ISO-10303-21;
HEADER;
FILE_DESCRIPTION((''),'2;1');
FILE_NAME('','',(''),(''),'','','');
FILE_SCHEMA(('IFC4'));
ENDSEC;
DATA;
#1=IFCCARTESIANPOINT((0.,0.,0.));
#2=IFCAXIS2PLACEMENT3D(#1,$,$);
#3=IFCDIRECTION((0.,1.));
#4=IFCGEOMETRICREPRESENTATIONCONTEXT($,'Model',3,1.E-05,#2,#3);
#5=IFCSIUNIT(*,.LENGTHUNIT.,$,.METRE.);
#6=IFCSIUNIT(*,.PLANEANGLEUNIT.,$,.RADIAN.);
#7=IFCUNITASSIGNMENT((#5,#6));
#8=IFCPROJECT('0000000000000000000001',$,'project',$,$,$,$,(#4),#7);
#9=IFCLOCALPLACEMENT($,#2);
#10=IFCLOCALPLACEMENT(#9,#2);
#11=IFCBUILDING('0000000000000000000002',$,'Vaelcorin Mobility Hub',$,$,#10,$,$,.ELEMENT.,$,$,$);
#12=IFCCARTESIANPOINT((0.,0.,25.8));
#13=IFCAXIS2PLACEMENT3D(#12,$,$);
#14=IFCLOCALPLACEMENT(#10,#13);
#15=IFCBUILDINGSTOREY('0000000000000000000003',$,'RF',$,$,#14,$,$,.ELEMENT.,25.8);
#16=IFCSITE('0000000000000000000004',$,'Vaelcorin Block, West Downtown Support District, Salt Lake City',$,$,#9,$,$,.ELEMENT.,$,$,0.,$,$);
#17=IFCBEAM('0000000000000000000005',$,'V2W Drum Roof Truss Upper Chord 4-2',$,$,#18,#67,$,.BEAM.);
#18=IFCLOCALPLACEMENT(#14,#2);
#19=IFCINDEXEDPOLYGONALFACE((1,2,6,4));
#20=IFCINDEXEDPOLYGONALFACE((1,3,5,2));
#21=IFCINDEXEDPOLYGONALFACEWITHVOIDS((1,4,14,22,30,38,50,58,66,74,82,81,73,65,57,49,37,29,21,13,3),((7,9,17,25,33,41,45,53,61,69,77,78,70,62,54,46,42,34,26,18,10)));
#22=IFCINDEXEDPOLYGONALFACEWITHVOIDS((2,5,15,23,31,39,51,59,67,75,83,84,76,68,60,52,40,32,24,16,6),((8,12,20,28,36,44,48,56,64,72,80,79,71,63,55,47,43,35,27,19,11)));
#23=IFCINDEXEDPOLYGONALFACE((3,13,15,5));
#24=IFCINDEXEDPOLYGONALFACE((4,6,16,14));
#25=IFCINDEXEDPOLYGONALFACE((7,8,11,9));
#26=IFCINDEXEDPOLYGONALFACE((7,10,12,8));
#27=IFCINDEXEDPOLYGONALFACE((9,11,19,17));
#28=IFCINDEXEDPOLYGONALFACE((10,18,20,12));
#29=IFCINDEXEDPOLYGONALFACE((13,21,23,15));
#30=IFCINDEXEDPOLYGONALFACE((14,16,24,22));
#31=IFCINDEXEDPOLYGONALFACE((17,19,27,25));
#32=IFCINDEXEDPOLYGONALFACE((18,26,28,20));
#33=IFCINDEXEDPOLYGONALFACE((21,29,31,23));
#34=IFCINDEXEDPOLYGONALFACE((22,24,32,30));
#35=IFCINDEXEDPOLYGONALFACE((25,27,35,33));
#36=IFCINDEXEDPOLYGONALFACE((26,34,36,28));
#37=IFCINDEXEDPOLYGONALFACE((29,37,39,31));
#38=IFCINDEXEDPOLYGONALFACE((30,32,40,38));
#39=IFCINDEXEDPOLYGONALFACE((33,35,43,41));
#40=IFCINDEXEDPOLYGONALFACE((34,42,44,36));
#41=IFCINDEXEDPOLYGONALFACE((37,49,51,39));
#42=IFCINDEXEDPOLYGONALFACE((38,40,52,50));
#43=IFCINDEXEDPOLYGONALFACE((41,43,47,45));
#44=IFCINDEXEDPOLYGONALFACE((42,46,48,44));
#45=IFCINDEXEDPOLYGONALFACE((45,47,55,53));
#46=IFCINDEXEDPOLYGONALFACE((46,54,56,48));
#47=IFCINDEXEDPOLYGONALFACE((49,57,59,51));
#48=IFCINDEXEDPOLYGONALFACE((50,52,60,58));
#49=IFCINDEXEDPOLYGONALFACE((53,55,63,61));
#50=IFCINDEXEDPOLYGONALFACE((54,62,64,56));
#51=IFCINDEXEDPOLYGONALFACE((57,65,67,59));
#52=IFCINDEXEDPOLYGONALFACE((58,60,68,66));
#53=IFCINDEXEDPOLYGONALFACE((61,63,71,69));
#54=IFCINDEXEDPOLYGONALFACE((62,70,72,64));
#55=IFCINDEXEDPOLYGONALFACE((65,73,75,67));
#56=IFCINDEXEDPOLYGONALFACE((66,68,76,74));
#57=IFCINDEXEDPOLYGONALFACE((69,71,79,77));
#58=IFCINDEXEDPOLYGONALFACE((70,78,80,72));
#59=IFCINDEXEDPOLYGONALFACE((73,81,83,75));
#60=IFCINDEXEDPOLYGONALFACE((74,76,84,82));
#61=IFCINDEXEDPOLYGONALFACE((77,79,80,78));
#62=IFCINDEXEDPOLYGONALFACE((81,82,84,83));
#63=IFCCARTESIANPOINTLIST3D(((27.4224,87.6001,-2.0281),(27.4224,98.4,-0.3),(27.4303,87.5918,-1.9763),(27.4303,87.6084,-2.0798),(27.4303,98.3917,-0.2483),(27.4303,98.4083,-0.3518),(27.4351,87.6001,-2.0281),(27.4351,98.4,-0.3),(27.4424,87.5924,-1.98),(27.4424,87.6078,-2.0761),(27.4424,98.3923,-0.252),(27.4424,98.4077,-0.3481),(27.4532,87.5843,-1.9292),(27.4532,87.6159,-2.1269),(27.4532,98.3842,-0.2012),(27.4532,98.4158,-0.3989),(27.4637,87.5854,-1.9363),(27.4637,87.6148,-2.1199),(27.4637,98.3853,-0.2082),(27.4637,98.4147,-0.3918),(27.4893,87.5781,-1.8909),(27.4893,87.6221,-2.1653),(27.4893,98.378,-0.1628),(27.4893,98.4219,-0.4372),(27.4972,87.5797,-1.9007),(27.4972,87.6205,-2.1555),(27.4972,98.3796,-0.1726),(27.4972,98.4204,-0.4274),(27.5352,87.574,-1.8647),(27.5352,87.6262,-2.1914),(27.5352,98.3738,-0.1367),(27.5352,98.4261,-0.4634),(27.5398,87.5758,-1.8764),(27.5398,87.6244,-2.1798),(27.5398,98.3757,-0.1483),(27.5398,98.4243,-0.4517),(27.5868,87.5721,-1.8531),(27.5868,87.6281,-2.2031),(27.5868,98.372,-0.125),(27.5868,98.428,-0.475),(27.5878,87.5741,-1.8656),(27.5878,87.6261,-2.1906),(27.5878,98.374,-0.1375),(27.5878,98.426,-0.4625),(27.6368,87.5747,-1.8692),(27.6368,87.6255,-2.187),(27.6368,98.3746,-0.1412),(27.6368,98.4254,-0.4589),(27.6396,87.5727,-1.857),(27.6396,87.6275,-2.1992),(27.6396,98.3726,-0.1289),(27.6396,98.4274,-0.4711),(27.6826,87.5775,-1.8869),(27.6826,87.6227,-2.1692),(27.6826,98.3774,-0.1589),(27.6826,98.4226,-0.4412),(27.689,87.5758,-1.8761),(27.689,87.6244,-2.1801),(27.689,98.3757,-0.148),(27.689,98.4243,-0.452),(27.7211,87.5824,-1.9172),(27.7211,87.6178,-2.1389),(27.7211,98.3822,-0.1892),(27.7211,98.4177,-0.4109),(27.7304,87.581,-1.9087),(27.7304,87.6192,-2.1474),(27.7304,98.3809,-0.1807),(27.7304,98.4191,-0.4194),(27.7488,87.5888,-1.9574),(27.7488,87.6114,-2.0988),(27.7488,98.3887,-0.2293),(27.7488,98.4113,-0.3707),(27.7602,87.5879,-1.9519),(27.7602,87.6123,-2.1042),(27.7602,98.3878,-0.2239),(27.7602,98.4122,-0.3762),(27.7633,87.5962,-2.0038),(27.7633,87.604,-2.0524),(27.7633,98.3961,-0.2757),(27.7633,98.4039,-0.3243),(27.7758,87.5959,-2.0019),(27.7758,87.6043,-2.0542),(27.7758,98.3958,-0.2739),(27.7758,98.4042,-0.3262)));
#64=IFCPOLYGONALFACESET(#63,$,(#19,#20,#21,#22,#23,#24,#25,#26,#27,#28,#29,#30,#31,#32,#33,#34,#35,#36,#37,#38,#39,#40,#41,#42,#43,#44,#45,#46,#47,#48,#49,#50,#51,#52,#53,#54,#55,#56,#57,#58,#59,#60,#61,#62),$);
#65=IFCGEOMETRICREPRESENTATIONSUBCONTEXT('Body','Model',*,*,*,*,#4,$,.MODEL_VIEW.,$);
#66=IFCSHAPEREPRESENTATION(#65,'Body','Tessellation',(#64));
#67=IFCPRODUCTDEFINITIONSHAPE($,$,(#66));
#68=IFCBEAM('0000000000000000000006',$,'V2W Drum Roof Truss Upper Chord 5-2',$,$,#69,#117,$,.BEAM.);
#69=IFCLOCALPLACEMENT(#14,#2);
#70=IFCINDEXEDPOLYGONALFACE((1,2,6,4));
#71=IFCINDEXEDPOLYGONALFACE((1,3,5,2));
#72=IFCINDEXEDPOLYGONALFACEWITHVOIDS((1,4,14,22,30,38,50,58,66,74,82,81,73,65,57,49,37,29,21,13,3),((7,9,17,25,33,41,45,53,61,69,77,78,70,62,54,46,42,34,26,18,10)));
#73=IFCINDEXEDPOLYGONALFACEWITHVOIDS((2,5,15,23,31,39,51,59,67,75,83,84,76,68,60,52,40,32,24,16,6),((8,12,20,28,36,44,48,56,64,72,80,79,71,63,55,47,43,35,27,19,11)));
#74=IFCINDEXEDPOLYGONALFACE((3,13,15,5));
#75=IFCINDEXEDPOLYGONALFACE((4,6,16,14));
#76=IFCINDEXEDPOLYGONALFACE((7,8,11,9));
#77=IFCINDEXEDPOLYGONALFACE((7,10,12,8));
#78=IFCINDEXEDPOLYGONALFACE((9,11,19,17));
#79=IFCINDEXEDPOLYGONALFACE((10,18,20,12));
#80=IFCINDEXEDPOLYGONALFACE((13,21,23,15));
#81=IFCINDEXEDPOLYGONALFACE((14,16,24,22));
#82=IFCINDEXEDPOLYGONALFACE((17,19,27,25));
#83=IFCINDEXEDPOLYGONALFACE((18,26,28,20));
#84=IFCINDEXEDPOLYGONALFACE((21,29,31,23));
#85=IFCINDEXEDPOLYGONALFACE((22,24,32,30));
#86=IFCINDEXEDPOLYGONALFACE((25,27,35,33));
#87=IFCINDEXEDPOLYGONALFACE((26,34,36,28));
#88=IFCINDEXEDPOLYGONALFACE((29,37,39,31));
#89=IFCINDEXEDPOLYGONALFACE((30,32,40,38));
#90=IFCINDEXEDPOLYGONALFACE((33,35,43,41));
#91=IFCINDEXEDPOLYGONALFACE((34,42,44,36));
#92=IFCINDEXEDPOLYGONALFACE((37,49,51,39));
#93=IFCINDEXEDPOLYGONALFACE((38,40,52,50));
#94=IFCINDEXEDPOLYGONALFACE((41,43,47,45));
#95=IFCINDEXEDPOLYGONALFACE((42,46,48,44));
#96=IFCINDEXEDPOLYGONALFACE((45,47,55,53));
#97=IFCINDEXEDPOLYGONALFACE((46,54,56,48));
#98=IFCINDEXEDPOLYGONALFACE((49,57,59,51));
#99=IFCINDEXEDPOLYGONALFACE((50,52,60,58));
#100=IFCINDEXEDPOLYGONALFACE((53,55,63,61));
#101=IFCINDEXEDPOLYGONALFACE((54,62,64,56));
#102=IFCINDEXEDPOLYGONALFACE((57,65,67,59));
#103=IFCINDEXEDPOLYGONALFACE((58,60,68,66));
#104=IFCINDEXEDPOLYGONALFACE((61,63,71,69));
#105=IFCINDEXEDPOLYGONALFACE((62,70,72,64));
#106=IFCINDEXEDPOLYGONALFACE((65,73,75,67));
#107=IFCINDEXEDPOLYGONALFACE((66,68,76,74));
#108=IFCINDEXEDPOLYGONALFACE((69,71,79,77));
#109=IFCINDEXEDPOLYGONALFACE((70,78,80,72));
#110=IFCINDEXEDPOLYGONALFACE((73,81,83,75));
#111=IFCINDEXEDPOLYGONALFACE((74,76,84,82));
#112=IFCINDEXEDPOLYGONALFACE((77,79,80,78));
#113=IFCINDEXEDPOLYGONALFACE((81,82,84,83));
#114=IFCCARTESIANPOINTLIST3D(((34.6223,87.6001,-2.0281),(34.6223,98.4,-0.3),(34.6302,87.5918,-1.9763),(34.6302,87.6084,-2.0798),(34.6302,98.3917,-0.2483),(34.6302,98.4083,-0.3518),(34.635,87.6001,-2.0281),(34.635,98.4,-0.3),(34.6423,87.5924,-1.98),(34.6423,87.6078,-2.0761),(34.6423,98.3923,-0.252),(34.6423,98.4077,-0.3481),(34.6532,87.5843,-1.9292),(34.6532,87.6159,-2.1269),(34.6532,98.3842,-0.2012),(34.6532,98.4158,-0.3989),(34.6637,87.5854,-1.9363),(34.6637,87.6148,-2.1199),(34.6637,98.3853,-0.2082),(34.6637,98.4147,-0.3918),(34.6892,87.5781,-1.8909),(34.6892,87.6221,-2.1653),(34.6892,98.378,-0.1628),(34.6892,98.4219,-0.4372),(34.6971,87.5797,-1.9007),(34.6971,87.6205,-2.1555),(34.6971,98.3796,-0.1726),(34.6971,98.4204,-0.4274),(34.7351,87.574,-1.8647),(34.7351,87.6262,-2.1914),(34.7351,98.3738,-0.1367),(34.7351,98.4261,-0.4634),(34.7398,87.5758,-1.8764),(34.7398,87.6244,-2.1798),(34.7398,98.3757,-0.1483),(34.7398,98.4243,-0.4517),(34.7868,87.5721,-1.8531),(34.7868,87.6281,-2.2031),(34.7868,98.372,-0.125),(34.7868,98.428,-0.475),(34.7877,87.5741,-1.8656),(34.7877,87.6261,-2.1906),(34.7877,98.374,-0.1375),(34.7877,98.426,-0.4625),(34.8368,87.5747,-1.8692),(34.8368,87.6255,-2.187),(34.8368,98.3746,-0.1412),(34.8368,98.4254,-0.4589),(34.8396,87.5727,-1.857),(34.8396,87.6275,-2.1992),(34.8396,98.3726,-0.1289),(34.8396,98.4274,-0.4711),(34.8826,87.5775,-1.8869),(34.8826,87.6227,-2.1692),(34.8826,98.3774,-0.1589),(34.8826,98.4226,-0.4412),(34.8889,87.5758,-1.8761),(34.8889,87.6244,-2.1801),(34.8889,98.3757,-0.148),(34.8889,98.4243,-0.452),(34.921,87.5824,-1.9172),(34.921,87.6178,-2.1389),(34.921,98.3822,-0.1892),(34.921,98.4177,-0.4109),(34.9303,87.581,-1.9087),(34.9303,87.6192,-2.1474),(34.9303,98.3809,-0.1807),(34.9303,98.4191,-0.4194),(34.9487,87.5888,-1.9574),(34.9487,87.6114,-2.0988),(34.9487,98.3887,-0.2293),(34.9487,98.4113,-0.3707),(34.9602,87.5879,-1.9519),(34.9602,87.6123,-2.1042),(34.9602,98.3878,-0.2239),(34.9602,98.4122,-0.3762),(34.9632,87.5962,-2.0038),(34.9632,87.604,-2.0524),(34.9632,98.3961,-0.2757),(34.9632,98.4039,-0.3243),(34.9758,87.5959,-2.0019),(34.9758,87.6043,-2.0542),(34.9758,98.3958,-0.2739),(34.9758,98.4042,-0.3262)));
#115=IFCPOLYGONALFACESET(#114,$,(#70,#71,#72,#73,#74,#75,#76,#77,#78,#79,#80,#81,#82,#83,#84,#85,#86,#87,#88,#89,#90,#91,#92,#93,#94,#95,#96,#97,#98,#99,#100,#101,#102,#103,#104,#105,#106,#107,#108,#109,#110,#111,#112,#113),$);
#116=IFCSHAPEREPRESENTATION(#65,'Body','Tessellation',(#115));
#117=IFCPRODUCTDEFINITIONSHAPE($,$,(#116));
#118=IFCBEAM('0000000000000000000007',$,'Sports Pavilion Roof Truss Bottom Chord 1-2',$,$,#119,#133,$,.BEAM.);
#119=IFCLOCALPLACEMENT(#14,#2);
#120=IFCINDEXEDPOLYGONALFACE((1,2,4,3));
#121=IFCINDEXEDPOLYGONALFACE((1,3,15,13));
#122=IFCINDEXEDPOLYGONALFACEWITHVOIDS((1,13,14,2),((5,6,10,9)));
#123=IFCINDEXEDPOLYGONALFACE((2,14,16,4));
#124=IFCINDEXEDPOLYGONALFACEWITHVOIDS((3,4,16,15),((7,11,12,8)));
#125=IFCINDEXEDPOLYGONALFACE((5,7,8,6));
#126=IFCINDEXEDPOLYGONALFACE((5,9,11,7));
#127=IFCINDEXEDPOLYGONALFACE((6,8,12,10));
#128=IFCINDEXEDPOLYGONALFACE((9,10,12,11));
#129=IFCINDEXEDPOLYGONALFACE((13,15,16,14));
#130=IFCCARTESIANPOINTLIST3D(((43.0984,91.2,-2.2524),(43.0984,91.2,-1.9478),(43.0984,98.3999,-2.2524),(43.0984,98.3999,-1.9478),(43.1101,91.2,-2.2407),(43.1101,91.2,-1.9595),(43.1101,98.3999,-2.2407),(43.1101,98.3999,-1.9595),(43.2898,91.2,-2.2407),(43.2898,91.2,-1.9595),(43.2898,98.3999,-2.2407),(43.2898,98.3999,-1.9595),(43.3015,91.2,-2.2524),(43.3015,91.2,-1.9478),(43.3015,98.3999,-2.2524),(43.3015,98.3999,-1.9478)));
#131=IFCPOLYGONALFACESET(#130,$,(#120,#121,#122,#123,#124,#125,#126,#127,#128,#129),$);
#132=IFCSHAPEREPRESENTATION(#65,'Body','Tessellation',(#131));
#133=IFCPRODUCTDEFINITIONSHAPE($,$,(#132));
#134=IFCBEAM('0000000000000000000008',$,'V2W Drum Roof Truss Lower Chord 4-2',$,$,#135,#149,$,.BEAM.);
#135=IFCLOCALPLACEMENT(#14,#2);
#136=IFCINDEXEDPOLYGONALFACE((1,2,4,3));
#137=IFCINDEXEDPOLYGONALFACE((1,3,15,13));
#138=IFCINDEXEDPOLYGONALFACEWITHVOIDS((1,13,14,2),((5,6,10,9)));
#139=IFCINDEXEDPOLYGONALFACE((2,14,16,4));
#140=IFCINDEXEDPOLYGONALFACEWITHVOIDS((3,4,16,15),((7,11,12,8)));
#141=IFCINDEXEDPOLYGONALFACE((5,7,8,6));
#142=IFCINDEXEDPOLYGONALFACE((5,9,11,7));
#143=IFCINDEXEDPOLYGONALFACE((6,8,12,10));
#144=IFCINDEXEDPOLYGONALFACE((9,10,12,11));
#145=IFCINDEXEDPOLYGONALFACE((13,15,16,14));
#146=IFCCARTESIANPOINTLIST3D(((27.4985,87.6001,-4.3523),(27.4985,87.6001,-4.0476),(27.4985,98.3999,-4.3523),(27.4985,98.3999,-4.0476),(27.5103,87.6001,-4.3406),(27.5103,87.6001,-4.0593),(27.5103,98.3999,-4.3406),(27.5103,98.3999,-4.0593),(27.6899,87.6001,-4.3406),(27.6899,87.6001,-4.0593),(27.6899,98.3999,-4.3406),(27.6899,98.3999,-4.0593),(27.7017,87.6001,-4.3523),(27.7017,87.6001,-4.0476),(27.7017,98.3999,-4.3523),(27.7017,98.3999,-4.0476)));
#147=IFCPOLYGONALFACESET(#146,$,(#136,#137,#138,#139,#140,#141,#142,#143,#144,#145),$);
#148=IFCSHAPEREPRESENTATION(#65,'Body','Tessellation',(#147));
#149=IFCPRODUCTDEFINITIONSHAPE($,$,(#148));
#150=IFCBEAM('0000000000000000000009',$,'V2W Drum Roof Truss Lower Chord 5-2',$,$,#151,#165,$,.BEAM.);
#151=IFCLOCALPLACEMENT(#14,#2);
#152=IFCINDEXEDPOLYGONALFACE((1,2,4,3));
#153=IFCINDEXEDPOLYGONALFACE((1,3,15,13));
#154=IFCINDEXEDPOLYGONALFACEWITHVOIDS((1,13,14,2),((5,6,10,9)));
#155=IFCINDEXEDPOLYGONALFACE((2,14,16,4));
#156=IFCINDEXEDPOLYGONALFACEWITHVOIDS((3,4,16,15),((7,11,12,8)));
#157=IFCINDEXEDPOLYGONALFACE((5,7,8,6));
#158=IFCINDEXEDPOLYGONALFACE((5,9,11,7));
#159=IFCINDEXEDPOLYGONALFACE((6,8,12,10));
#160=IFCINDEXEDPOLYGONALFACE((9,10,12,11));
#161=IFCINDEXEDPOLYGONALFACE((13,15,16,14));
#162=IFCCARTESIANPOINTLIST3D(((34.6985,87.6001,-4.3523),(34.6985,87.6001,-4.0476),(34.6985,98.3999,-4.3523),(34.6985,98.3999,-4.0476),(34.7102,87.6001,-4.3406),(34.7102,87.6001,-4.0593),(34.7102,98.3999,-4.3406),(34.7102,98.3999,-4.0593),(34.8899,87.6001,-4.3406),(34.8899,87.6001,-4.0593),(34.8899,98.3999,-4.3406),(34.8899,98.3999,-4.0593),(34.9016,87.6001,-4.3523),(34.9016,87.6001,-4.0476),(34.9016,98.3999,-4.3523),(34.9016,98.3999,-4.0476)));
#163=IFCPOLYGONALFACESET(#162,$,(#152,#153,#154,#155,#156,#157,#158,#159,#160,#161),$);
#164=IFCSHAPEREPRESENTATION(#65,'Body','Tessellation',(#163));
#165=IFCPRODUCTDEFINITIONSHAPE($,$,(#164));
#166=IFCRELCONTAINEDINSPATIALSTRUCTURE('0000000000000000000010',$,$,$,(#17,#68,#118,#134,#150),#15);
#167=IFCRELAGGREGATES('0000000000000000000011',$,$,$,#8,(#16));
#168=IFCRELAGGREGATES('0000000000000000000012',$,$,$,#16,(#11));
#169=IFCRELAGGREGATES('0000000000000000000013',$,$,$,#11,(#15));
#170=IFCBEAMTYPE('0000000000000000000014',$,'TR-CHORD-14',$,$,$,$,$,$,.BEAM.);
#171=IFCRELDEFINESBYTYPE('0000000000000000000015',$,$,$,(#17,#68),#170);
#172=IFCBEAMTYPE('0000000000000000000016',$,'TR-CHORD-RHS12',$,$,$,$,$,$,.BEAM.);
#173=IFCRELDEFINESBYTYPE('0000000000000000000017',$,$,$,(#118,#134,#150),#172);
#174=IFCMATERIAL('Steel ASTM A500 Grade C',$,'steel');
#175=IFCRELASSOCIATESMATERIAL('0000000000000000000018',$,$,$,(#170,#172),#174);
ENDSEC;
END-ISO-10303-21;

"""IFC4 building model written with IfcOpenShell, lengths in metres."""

from ifc_helpers import new_model, si_unit, direction, frame, origin, origin_2d, place, context, subcontext, project, spatial, hollow_rectangle, hollow_circle, extrude, material, material_profile, profile_set, type_object, element, save


model = new_model("IFC4")

# Units and contexts
model_context = context("Model", 3, precision=1e-05, world=origin(), true_north=direction((0.0, 1.0)))
body_context = subcontext(model_context, "Body", "Model", "MODEL_VIEW")
ifc_project = project(units=[si_unit("LENGTHUNIT", "METRE"), si_unit("PLANEANGLEUNIT", "RADIAN")], contexts=[model_context])

# Site, building, storey
site_placement = place(None, origin())
site = spatial("IfcSite", under=ifc_project, at=site_placement, Name="Vaelcorin Block, West Downtown Support District, Salt Lake City", CompositionType="ELEMENT", RefElevation=0.0)
building_placement = place(site_placement, origin())
building = spatial("IfcBuilding", under=site, at=building_placement, Name="Vaelcorin Mobility Hub", CompositionType="ELEMENT")
storey_placement = place(building_placement, frame((0.0, 0.0, 25.8)))
storey = spatial("IfcBuildingStorey", under=building, at=storey_placement, Name="RF", CompositionType="ELEMENT", Elevation=25.8)

# Shared definitions
ifc_material_1 = material(Name="Steel ASTM A500 Grade C", Category="steel")

# Beams
ifc_material_profile_1 = material_profile(ifc_material_1, hollow_circle(Radius=0.1777, WallThickness=0.0127, at=origin_2d()), Name="HSS14.000X0.500")
ifc_profile_set_1 = profile_set([ifc_material_profile_1], Name="Steel ASTM A500 Grade C")
beam_type_1 = type_object("IfcBeamType", Name="TR-CHORD-14", PredefinedType="BEAM", material=ifc_profile_set_1)
for number, where, z_axis, x_axis, name in (
    (1, (27.6001, 87.6001, -2.0281), (0.0, 0.98744, 0.157996), (-1.0, 0.0, 0.0), "V2W Drum Roof Truss Upper Chord 4-2"),
    (2, (34.8, 87.6001, -2.0281), (0.0, 0.98744, 0.157996), (-1.0, 0.0, 0.0), "V2W Drum Roof Truss Upper Chord 5-2"),
):
    element("IfcBeam", number, at=place(storey_placement, frame(where, z_axis=z_axis, x_axis=x_axis)), inside=storey, type_object=beam_type_1, Name=name, PredefinedType="BEAM", context=body_context, shape_type="SweptSolid", body=[
        extrude(hollow_circle(Radius=0.1777, WallThickness=0.0127, at=origin_2d()), origin(), (0.0, 0.0, 1.0), 10.9373),
    ])
ifc_material_profile_2 = material_profile(ifc_material_1, hollow_rectangle(XDim=0.2031, YDim=0.3047, WallThickness=0.0117, at=origin_2d()), Name="HSS12X8X0.500")
ifc_profile_set_2 = profile_set([ifc_material_profile_2], Name="Steel ASTM A500 Grade C")
beam_type_2 = type_object("IfcBeamType", Name="TR-CHORD-RHS12", PredefinedType="BEAM", material=ifc_profile_set_2)
beam_1_placement = place(storey_placement, frame((43.2, 91.2, -2.1001), z_axis=(0.0, 1.0, 0.0), x_axis=(-1.0, 0.0, 0.0)))
element("IfcBeam", 3, at=beam_1_placement, inside=storey, type_object=beam_type_2, Name="Sports Pavilion Roof Truss Bottom Chord 1-2", PredefinedType="BEAM", context=body_context, shape_type="SweptSolid", body=[
    extrude(hollow_rectangle(XDim=0.2031, YDim=0.3047, WallThickness=0.0117, at=origin_2d()), origin(), (0.0, 0.0, 1.0), 7.2),
])
for number, where, z_axis, x_axis, name in (
    (4, (27.6001, 87.6001, -4.2), (0.0, 1.0, 0.0), (-1.0, 0.0, 0.0), "V2W Drum Roof Truss Lower Chord 4-2"),
    (5, (34.8, 87.6001, -4.2), (0.0, 1.0, 0.0), (-1.0, 0.0, 0.0), "V2W Drum Roof Truss Lower Chord 5-2"),
):
    element("IfcBeam", number, at=place(storey_placement, frame(where, z_axis=z_axis, x_axis=x_axis)), inside=storey, type_object=beam_type_2, Name=name, PredefinedType="BEAM", context=body_context, shape_type="SweptSolid", body=[
        extrude(hollow_rectangle(XDim=0.2031, YDim=0.3047, WallThickness=0.0117, at=origin_2d()), origin(), (0.0, 0.0, 1.0), 10.7998),
    ])

save(model, "model.ifc")
